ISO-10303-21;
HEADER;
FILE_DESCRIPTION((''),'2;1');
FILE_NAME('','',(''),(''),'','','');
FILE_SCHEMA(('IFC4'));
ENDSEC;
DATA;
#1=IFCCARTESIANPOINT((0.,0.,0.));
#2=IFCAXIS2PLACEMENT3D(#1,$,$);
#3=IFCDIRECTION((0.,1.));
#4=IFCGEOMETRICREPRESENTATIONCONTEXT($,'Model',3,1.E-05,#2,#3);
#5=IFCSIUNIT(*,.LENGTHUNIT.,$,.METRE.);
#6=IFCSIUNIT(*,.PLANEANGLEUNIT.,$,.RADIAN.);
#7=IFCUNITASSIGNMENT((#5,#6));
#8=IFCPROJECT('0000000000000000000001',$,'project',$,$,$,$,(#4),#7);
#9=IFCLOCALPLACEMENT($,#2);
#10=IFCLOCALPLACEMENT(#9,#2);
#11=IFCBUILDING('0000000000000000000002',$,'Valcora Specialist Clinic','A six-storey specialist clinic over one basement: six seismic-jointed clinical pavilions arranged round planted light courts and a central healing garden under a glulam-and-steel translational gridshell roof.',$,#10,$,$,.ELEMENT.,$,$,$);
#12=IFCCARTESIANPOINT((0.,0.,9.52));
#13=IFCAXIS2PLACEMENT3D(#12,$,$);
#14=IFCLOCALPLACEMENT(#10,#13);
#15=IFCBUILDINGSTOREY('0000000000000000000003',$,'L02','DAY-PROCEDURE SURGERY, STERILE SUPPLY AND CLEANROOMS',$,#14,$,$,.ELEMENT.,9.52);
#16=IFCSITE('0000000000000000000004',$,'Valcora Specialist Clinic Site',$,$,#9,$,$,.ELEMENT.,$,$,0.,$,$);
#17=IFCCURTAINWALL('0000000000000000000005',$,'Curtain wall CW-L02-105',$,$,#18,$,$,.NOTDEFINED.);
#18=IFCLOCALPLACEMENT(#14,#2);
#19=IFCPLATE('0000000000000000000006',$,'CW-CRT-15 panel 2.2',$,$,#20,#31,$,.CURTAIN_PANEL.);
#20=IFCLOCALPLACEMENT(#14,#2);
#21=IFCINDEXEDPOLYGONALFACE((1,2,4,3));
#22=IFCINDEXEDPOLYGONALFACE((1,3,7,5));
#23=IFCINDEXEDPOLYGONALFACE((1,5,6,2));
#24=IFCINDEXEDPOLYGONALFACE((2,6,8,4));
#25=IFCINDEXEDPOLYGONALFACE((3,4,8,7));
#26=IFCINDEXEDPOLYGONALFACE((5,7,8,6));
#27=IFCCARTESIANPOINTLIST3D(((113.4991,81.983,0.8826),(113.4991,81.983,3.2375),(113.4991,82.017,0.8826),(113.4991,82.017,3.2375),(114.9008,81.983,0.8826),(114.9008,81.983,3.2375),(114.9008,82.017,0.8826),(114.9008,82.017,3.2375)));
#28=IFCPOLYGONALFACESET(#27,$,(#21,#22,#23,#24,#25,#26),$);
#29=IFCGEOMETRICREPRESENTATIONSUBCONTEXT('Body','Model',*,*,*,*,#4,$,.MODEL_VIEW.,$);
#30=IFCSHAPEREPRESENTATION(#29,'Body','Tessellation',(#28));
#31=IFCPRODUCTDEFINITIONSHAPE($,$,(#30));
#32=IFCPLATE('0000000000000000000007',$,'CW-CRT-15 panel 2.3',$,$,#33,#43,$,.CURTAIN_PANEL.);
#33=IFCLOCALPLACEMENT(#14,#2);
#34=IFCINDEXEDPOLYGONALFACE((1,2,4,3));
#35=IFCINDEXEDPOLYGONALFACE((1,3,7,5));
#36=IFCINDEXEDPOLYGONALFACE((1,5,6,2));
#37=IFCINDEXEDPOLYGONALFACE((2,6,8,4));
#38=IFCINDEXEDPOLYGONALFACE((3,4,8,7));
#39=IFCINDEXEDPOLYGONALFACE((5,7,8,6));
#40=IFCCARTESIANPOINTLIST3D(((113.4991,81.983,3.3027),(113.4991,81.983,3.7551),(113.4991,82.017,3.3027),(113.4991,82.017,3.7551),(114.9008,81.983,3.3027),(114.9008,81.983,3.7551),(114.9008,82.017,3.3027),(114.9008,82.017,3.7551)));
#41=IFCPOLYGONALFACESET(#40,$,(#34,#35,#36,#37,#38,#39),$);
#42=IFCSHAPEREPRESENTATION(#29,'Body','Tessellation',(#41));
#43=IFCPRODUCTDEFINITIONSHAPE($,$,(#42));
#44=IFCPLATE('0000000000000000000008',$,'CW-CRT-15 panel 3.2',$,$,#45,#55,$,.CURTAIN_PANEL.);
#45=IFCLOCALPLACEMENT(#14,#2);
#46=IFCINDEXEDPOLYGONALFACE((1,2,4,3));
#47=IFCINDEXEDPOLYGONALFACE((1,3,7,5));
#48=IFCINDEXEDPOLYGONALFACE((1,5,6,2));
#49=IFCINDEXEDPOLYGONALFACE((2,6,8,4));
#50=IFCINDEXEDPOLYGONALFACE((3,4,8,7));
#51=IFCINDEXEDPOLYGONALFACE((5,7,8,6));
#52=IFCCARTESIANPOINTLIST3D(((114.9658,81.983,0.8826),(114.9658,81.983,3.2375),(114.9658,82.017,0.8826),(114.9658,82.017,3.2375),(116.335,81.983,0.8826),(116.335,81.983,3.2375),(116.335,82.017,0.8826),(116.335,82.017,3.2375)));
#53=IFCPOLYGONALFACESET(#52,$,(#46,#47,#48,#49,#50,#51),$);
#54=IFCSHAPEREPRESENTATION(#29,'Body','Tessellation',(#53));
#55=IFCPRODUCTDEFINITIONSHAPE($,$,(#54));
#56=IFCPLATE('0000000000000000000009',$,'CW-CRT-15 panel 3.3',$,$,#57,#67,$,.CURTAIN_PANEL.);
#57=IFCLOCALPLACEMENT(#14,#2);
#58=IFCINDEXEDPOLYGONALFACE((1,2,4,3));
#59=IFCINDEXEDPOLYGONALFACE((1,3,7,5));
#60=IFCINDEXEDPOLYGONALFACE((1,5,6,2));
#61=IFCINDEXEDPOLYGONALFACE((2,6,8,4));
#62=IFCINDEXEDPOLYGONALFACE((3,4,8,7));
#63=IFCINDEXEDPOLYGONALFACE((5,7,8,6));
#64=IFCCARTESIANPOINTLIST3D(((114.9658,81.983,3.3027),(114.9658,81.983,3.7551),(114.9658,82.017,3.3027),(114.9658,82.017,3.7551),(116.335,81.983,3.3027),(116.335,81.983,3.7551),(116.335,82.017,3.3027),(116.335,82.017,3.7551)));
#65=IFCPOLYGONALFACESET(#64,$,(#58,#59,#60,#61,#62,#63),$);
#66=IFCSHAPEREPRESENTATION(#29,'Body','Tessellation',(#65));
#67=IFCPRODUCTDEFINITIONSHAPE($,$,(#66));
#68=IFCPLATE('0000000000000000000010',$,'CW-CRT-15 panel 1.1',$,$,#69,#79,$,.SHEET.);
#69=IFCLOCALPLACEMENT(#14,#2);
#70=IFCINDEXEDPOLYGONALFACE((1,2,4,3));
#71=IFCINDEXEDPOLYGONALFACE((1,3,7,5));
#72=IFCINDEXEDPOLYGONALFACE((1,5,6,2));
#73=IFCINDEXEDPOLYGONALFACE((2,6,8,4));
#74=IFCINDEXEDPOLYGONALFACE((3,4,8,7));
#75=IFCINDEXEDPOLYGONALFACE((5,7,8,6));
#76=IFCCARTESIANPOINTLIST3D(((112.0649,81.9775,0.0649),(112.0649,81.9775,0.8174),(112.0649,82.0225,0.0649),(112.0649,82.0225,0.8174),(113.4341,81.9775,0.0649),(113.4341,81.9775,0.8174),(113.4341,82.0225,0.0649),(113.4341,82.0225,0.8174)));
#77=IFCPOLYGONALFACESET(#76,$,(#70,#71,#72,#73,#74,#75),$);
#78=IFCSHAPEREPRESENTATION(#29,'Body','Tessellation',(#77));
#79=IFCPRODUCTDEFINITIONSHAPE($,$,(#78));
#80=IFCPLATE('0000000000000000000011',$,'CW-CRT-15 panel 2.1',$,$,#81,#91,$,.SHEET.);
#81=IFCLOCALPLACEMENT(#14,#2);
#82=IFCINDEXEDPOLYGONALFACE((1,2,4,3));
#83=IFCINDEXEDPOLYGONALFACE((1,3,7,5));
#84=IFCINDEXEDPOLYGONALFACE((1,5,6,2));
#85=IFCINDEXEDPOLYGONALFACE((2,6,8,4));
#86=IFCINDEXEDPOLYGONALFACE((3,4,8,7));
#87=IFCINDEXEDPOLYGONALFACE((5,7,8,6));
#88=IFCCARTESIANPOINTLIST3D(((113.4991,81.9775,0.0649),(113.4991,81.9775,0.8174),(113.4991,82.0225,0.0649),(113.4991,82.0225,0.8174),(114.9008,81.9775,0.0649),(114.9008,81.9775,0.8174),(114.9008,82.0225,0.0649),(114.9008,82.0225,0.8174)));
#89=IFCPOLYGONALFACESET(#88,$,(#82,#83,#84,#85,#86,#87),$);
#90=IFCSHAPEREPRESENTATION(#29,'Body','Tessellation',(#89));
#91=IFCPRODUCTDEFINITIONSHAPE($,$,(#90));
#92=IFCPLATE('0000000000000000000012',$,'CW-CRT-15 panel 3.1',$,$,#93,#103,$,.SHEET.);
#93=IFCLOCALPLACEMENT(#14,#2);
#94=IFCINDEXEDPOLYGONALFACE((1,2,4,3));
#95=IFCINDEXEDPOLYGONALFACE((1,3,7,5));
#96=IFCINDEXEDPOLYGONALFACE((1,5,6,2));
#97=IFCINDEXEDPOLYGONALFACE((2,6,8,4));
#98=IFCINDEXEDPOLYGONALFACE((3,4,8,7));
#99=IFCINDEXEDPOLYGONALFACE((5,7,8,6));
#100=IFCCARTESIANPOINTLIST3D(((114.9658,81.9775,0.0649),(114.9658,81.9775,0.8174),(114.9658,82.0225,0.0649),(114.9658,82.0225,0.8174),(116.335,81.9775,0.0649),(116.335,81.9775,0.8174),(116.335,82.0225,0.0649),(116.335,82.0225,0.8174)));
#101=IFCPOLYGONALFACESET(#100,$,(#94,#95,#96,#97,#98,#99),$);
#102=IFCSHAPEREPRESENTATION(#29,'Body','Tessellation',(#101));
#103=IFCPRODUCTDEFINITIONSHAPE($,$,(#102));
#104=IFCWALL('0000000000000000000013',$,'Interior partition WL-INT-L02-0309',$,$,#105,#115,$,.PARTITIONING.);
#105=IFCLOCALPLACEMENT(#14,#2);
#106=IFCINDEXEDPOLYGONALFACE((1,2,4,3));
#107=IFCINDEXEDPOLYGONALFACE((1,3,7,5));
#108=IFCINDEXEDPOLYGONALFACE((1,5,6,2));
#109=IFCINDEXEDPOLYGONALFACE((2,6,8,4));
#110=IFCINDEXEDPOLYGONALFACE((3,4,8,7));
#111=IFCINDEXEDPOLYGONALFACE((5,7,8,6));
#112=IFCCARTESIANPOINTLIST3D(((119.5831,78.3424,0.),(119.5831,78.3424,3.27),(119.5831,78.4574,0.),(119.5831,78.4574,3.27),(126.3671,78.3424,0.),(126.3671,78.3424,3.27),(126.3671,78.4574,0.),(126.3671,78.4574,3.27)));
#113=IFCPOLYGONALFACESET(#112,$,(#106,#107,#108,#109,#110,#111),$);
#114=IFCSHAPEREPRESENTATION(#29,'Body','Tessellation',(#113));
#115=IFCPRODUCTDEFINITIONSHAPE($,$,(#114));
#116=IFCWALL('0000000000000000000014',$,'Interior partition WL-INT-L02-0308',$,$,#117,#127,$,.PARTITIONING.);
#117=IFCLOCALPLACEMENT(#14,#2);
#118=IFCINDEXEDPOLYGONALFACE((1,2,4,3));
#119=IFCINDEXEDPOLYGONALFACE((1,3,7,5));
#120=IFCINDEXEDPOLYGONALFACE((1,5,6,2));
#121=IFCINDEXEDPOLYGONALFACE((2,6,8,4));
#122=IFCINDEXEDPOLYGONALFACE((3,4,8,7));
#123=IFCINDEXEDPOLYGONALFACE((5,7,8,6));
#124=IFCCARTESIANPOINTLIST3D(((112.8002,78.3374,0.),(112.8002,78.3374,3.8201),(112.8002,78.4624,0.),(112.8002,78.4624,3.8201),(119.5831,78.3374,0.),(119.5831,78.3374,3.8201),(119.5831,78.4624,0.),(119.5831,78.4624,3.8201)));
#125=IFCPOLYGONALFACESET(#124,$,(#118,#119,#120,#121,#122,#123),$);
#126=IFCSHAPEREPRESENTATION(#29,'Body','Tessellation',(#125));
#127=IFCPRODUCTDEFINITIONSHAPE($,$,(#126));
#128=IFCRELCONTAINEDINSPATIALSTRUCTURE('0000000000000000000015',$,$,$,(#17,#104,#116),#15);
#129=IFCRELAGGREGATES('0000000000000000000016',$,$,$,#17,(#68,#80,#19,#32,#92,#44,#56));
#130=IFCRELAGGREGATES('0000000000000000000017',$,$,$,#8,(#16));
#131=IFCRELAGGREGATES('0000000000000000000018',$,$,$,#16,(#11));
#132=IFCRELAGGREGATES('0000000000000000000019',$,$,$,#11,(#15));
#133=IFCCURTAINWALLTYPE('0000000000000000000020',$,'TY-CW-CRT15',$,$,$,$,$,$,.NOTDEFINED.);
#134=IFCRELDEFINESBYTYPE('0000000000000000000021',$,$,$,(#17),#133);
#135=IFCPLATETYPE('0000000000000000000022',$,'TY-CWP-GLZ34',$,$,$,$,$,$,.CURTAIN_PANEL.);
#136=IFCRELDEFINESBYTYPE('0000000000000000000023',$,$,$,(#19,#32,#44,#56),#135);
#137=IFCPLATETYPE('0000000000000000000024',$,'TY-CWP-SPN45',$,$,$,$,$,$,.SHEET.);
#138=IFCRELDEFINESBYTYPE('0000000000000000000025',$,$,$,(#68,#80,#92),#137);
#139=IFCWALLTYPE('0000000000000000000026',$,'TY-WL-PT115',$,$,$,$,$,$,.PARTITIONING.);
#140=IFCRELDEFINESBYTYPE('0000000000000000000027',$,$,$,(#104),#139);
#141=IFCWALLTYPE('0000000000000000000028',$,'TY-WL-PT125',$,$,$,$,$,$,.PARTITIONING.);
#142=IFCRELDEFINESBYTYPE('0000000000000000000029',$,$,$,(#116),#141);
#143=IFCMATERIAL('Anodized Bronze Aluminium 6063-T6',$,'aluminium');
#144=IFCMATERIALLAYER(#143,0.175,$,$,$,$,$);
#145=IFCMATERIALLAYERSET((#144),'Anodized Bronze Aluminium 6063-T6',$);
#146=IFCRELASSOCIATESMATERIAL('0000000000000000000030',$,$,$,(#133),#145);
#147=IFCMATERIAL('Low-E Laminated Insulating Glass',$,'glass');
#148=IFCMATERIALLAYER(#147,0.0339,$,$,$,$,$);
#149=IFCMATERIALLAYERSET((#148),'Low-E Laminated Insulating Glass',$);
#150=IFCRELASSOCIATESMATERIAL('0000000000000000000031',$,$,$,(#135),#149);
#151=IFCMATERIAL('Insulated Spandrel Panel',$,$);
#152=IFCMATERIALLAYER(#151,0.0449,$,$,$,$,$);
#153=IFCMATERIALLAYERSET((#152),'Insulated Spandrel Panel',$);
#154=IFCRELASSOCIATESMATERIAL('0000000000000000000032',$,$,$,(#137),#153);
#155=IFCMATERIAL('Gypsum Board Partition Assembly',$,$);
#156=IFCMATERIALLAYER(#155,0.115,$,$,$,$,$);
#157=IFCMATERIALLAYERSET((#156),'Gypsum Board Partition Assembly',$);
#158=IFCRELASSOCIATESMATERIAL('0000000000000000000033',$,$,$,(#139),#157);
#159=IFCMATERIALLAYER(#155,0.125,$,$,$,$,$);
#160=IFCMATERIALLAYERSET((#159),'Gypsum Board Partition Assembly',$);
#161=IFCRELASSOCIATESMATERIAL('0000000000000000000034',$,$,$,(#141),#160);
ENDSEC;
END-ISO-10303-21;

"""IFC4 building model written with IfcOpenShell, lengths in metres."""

from ifc_helpers import new_model, si_unit, direction, frame, frame_2d, origin, origin_2d, place, context, subcontext, project, spatial, rectangle, extrude, material, layer, layer_set, type_object, element, aggregate, save


model = new_model("IFC4")

# Units and contexts
model_context = context("Model", 3, precision=1e-05, world=origin(), true_north=direction((0.0, 1.0)))
body_context = subcontext(model_context, "Body", "Model", "MODEL_VIEW")
ifc_project = project(units=[si_unit("LENGTHUNIT", "METRE"), si_unit("PLANEANGLEUNIT", "RADIAN")], contexts=[model_context])

# Site, building, storey
site_placement = place(None, origin())
site = spatial("IfcSite", under=ifc_project, at=site_placement, Name="Valcora Specialist Clinic Site", CompositionType="ELEMENT", RefElevation=0.0)
building_placement = place(site_placement, origin())
building = spatial("IfcBuilding", under=site, at=building_placement, Name="Valcora Specialist Clinic", Description="A six-storey specialist clinic over one basement: six seismic-jointed clinical pavilions arranged round planted light courts and a central healing garden under a glulam-and-steel translational gridshell roof.", CompositionType="ELEMENT")
storey_placement = place(building_placement, frame((0.0, 0.0, 9.52)))
storey = spatial("IfcBuildingStorey", under=building, at=storey_placement, Name="L02", Description="DAY-PROCEDURE SURGERY, STERILE SUPPLY AND CLEANROOMS", CompositionType="ELEMENT", Elevation=9.52)

# Curtain wall
ifc_material_1 = material(Name="Anodized Bronze Aluminium 6063-T6", Category="aluminium")
ifc_layer_1 = layer(ifc_material_1, 0.175)
ifc_layer_set_1 = layer_set([ifc_layer_1], Name="Anodized Bronze Aluminium 6063-T6")
curtain_wall_type = type_object("IfcCurtainWallType", Name="TY-CW-CRT15", PredefinedType="NOTDEFINED", material=ifc_layer_set_1)
curtain_wall_1_placement = place(storey_placement, origin())
curtain_wall_1 = element("IfcCurtainWall", 1, at=curtain_wall_1_placement, inside=storey, type_object=curtain_wall_type, Name="Curtain wall CW-L02-105", PredefinedType="NOTDEFINED")

# Plates
ifc_material_2 = material(Name="Low-E Laminated Insulating Glass", Category="glass")
ifc_layer_2 = layer(ifc_material_2, 0.0339)
ifc_layer_set_2 = layer_set([ifc_layer_2], Name="Low-E Laminated Insulating Glass")
plate_type_1 = type_object("IfcPlateType", Name="TY-CWP-GLZ34", PredefinedType="CURTAIN_PANEL", material=ifc_layer_set_2)
plate_1_placement = place(storey_placement, frame((114.2, 82.0, 0.8826), z_axis=(0.0, 0.0, 1.0), x_axis=(1.0, 0.0, 0.0)))
plate_1 = element("IfcPlate", 2, at=plate_1_placement, type_object=plate_type_1, Name="CW-CRT-15 panel 2.2", PredefinedType="CURTAIN_PANEL", context=body_context, shape_type="SweptSolid", body=[
    extrude(rectangle(XDim=1.4016, YDim=0.0339, at=origin_2d()), origin(), (0.0, 0.0, 1.0), 2.355),
])
plate_2_placement = place(storey_placement, frame((114.2, 82.0, 3.3027), z_axis=(0.0, 0.0, 1.0), x_axis=(1.0, 0.0, 0.0)))
plate_2 = element("IfcPlate", 3, at=plate_2_placement, type_object=plate_type_1, Name="CW-CRT-15 panel 2.3", PredefinedType="CURTAIN_PANEL", context=body_context, shape_type="SweptSolid", body=[
    extrude(rectangle(XDim=1.4016, YDim=0.0339, at=origin_2d()), origin(), (0.0, 0.0, 1.0), 0.4524),
])
plate_3_placement = place(storey_placement, frame((115.6504, 82.0, 0.8826), z_axis=(0.0, 0.0, 1.0), x_axis=(1.0, 0.0, 0.0)))
plate_3 = element("IfcPlate", 4, at=plate_3_placement, type_object=plate_type_1, Name="CW-CRT-15 panel 3.2", PredefinedType="CURTAIN_PANEL", context=body_context, shape_type="SweptSolid", body=[
    extrude(rectangle(XDim=1.3691, YDim=0.0339, at=origin_2d()), origin(), (0.0, 0.0, 1.0), 2.355),
])
plate_4_placement = place(storey_placement, frame((115.6504, 82.0, 3.3027), z_axis=(0.0, 0.0, 1.0), x_axis=(1.0, 0.0, 0.0)))
plate_4 = element("IfcPlate", 5, at=plate_4_placement, type_object=plate_type_1, Name="CW-CRT-15 panel 3.3", PredefinedType="CURTAIN_PANEL", context=body_context, shape_type="SweptSolid", body=[
    extrude(rectangle(XDim=1.3691, YDim=0.0339, at=origin_2d()), origin(), (0.0, 0.0, 1.0), 0.4524),
])
ifc_material_3 = material(Name="Insulated Spandrel Panel")
ifc_layer_3 = layer(ifc_material_3, 0.0449)
ifc_layer_set_3 = layer_set([ifc_layer_3], Name="Insulated Spandrel Panel")
plate_type_2 = type_object("IfcPlateType", Name="TY-CWP-SPN45", PredefinedType="SHEET", material=ifc_layer_set_3)
plate_5_placement = place(storey_placement, frame((112.7495, 82.0, 0.0649), z_axis=(0.0, 0.0, 1.0), x_axis=(1.0, 0.0, 0.0)))
plate_5 = element("IfcPlate", 6, at=plate_5_placement, type_object=plate_type_2, Name="CW-CRT-15 panel 1.1", PredefinedType="SHEET", context=body_context, shape_type="SweptSolid", body=[
    extrude(rectangle(XDim=1.3691, YDim=0.0449, at=origin_2d()), origin(), (0.0, 0.0, 1.0), 0.7524),
])
plate_6_placement = place(storey_placement, frame((114.2, 82.0, 0.0649), z_axis=(0.0, 0.0, 1.0), x_axis=(1.0, 0.0, 0.0)))
plate_6 = element("IfcPlate", 7, at=plate_6_placement, type_object=plate_type_2, Name="CW-CRT-15 panel 2.1", PredefinedType="SHEET", context=body_context, shape_type="SweptSolid", body=[
    extrude(rectangle(XDim=1.4016, YDim=0.0449, at=origin_2d()), origin(), (0.0, 0.0, 1.0), 0.7524),
])
plate_7_placement = place(storey_placement, frame((115.6504, 82.0, 0.0649), z_axis=(0.0, 0.0, 1.0), x_axis=(1.0, 0.0, 0.0)))
plate_7 = element("IfcPlate", 8, at=plate_7_placement, type_object=plate_type_2, Name="CW-CRT-15 panel 3.1", PredefinedType="SHEET", context=body_context, shape_type="SweptSolid", body=[
    extrude(rectangle(XDim=1.3691, YDim=0.0449, at=origin_2d()), origin(), (0.0, 0.0, 1.0), 0.7524),
])
aggregate(curtain_wall_1, [plate_5, plate_6, plate_1, plate_2, plate_7, plate_3, plate_4])

# Walls
ifc_material_4 = material(Name="Gypsum Board Partition Assembly")
ifc_layer_4 = layer(ifc_material_4, 0.115)
ifc_layer_set_4 = layer_set([ifc_layer_4], Name="Gypsum Board Partition Assembly")
wall_type_1 = type_object("IfcWallType", Name="TY-WL-PT115", PredefinedType="PARTITIONING", material=ifc_layer_set_4)
wall_1_placement = place(storey_placement, frame((119.583, 78.3999, 0.0), z_axis=(0.0, 0.0, 1.0), x_axis=(1.0, 0.0, 0.0)))
element("IfcWall", 9, at=wall_1_placement, inside=storey, type_object=wall_type_1, Name="Interior partition WL-INT-L02-0309", PredefinedType="PARTITIONING", context=body_context, shape_type="SweptSolid", body=[
    extrude(rectangle(XDim=6.7839, YDim=0.115, at=frame_2d((3.3921, 0.0))), origin(), (0.0, 0.0, 1.0), 3.27),
])
ifc_layer_5 = layer(ifc_material_4, 0.125)
ifc_layer_set_5 = layer_set([ifc_layer_5], Name="Gypsum Board Partition Assembly")
wall_type_2 = type_object("IfcWallType", Name="TY-WL-PT125", PredefinedType="PARTITIONING", material=ifc_layer_set_5)
wall_2_placement = place(storey_placement, frame((112.8, 78.3999, 0.0), z_axis=(0.0, 0.0, 1.0), x_axis=(1.0, 0.0, 0.0)))
element("IfcWall", 10, at=wall_2_placement, inside=storey, type_object=wall_type_2, Name="Interior partition WL-INT-L02-0308", PredefinedType="PARTITIONING", context=body_context, shape_type="SweptSolid", body=[
    extrude(rectangle(XDim=6.783, YDim=0.125, at=frame_2d((3.3916, 0.0))), origin(), (0.0, 0.0, 1.0), 3.8201),
])

save(model, "model.ifc")
